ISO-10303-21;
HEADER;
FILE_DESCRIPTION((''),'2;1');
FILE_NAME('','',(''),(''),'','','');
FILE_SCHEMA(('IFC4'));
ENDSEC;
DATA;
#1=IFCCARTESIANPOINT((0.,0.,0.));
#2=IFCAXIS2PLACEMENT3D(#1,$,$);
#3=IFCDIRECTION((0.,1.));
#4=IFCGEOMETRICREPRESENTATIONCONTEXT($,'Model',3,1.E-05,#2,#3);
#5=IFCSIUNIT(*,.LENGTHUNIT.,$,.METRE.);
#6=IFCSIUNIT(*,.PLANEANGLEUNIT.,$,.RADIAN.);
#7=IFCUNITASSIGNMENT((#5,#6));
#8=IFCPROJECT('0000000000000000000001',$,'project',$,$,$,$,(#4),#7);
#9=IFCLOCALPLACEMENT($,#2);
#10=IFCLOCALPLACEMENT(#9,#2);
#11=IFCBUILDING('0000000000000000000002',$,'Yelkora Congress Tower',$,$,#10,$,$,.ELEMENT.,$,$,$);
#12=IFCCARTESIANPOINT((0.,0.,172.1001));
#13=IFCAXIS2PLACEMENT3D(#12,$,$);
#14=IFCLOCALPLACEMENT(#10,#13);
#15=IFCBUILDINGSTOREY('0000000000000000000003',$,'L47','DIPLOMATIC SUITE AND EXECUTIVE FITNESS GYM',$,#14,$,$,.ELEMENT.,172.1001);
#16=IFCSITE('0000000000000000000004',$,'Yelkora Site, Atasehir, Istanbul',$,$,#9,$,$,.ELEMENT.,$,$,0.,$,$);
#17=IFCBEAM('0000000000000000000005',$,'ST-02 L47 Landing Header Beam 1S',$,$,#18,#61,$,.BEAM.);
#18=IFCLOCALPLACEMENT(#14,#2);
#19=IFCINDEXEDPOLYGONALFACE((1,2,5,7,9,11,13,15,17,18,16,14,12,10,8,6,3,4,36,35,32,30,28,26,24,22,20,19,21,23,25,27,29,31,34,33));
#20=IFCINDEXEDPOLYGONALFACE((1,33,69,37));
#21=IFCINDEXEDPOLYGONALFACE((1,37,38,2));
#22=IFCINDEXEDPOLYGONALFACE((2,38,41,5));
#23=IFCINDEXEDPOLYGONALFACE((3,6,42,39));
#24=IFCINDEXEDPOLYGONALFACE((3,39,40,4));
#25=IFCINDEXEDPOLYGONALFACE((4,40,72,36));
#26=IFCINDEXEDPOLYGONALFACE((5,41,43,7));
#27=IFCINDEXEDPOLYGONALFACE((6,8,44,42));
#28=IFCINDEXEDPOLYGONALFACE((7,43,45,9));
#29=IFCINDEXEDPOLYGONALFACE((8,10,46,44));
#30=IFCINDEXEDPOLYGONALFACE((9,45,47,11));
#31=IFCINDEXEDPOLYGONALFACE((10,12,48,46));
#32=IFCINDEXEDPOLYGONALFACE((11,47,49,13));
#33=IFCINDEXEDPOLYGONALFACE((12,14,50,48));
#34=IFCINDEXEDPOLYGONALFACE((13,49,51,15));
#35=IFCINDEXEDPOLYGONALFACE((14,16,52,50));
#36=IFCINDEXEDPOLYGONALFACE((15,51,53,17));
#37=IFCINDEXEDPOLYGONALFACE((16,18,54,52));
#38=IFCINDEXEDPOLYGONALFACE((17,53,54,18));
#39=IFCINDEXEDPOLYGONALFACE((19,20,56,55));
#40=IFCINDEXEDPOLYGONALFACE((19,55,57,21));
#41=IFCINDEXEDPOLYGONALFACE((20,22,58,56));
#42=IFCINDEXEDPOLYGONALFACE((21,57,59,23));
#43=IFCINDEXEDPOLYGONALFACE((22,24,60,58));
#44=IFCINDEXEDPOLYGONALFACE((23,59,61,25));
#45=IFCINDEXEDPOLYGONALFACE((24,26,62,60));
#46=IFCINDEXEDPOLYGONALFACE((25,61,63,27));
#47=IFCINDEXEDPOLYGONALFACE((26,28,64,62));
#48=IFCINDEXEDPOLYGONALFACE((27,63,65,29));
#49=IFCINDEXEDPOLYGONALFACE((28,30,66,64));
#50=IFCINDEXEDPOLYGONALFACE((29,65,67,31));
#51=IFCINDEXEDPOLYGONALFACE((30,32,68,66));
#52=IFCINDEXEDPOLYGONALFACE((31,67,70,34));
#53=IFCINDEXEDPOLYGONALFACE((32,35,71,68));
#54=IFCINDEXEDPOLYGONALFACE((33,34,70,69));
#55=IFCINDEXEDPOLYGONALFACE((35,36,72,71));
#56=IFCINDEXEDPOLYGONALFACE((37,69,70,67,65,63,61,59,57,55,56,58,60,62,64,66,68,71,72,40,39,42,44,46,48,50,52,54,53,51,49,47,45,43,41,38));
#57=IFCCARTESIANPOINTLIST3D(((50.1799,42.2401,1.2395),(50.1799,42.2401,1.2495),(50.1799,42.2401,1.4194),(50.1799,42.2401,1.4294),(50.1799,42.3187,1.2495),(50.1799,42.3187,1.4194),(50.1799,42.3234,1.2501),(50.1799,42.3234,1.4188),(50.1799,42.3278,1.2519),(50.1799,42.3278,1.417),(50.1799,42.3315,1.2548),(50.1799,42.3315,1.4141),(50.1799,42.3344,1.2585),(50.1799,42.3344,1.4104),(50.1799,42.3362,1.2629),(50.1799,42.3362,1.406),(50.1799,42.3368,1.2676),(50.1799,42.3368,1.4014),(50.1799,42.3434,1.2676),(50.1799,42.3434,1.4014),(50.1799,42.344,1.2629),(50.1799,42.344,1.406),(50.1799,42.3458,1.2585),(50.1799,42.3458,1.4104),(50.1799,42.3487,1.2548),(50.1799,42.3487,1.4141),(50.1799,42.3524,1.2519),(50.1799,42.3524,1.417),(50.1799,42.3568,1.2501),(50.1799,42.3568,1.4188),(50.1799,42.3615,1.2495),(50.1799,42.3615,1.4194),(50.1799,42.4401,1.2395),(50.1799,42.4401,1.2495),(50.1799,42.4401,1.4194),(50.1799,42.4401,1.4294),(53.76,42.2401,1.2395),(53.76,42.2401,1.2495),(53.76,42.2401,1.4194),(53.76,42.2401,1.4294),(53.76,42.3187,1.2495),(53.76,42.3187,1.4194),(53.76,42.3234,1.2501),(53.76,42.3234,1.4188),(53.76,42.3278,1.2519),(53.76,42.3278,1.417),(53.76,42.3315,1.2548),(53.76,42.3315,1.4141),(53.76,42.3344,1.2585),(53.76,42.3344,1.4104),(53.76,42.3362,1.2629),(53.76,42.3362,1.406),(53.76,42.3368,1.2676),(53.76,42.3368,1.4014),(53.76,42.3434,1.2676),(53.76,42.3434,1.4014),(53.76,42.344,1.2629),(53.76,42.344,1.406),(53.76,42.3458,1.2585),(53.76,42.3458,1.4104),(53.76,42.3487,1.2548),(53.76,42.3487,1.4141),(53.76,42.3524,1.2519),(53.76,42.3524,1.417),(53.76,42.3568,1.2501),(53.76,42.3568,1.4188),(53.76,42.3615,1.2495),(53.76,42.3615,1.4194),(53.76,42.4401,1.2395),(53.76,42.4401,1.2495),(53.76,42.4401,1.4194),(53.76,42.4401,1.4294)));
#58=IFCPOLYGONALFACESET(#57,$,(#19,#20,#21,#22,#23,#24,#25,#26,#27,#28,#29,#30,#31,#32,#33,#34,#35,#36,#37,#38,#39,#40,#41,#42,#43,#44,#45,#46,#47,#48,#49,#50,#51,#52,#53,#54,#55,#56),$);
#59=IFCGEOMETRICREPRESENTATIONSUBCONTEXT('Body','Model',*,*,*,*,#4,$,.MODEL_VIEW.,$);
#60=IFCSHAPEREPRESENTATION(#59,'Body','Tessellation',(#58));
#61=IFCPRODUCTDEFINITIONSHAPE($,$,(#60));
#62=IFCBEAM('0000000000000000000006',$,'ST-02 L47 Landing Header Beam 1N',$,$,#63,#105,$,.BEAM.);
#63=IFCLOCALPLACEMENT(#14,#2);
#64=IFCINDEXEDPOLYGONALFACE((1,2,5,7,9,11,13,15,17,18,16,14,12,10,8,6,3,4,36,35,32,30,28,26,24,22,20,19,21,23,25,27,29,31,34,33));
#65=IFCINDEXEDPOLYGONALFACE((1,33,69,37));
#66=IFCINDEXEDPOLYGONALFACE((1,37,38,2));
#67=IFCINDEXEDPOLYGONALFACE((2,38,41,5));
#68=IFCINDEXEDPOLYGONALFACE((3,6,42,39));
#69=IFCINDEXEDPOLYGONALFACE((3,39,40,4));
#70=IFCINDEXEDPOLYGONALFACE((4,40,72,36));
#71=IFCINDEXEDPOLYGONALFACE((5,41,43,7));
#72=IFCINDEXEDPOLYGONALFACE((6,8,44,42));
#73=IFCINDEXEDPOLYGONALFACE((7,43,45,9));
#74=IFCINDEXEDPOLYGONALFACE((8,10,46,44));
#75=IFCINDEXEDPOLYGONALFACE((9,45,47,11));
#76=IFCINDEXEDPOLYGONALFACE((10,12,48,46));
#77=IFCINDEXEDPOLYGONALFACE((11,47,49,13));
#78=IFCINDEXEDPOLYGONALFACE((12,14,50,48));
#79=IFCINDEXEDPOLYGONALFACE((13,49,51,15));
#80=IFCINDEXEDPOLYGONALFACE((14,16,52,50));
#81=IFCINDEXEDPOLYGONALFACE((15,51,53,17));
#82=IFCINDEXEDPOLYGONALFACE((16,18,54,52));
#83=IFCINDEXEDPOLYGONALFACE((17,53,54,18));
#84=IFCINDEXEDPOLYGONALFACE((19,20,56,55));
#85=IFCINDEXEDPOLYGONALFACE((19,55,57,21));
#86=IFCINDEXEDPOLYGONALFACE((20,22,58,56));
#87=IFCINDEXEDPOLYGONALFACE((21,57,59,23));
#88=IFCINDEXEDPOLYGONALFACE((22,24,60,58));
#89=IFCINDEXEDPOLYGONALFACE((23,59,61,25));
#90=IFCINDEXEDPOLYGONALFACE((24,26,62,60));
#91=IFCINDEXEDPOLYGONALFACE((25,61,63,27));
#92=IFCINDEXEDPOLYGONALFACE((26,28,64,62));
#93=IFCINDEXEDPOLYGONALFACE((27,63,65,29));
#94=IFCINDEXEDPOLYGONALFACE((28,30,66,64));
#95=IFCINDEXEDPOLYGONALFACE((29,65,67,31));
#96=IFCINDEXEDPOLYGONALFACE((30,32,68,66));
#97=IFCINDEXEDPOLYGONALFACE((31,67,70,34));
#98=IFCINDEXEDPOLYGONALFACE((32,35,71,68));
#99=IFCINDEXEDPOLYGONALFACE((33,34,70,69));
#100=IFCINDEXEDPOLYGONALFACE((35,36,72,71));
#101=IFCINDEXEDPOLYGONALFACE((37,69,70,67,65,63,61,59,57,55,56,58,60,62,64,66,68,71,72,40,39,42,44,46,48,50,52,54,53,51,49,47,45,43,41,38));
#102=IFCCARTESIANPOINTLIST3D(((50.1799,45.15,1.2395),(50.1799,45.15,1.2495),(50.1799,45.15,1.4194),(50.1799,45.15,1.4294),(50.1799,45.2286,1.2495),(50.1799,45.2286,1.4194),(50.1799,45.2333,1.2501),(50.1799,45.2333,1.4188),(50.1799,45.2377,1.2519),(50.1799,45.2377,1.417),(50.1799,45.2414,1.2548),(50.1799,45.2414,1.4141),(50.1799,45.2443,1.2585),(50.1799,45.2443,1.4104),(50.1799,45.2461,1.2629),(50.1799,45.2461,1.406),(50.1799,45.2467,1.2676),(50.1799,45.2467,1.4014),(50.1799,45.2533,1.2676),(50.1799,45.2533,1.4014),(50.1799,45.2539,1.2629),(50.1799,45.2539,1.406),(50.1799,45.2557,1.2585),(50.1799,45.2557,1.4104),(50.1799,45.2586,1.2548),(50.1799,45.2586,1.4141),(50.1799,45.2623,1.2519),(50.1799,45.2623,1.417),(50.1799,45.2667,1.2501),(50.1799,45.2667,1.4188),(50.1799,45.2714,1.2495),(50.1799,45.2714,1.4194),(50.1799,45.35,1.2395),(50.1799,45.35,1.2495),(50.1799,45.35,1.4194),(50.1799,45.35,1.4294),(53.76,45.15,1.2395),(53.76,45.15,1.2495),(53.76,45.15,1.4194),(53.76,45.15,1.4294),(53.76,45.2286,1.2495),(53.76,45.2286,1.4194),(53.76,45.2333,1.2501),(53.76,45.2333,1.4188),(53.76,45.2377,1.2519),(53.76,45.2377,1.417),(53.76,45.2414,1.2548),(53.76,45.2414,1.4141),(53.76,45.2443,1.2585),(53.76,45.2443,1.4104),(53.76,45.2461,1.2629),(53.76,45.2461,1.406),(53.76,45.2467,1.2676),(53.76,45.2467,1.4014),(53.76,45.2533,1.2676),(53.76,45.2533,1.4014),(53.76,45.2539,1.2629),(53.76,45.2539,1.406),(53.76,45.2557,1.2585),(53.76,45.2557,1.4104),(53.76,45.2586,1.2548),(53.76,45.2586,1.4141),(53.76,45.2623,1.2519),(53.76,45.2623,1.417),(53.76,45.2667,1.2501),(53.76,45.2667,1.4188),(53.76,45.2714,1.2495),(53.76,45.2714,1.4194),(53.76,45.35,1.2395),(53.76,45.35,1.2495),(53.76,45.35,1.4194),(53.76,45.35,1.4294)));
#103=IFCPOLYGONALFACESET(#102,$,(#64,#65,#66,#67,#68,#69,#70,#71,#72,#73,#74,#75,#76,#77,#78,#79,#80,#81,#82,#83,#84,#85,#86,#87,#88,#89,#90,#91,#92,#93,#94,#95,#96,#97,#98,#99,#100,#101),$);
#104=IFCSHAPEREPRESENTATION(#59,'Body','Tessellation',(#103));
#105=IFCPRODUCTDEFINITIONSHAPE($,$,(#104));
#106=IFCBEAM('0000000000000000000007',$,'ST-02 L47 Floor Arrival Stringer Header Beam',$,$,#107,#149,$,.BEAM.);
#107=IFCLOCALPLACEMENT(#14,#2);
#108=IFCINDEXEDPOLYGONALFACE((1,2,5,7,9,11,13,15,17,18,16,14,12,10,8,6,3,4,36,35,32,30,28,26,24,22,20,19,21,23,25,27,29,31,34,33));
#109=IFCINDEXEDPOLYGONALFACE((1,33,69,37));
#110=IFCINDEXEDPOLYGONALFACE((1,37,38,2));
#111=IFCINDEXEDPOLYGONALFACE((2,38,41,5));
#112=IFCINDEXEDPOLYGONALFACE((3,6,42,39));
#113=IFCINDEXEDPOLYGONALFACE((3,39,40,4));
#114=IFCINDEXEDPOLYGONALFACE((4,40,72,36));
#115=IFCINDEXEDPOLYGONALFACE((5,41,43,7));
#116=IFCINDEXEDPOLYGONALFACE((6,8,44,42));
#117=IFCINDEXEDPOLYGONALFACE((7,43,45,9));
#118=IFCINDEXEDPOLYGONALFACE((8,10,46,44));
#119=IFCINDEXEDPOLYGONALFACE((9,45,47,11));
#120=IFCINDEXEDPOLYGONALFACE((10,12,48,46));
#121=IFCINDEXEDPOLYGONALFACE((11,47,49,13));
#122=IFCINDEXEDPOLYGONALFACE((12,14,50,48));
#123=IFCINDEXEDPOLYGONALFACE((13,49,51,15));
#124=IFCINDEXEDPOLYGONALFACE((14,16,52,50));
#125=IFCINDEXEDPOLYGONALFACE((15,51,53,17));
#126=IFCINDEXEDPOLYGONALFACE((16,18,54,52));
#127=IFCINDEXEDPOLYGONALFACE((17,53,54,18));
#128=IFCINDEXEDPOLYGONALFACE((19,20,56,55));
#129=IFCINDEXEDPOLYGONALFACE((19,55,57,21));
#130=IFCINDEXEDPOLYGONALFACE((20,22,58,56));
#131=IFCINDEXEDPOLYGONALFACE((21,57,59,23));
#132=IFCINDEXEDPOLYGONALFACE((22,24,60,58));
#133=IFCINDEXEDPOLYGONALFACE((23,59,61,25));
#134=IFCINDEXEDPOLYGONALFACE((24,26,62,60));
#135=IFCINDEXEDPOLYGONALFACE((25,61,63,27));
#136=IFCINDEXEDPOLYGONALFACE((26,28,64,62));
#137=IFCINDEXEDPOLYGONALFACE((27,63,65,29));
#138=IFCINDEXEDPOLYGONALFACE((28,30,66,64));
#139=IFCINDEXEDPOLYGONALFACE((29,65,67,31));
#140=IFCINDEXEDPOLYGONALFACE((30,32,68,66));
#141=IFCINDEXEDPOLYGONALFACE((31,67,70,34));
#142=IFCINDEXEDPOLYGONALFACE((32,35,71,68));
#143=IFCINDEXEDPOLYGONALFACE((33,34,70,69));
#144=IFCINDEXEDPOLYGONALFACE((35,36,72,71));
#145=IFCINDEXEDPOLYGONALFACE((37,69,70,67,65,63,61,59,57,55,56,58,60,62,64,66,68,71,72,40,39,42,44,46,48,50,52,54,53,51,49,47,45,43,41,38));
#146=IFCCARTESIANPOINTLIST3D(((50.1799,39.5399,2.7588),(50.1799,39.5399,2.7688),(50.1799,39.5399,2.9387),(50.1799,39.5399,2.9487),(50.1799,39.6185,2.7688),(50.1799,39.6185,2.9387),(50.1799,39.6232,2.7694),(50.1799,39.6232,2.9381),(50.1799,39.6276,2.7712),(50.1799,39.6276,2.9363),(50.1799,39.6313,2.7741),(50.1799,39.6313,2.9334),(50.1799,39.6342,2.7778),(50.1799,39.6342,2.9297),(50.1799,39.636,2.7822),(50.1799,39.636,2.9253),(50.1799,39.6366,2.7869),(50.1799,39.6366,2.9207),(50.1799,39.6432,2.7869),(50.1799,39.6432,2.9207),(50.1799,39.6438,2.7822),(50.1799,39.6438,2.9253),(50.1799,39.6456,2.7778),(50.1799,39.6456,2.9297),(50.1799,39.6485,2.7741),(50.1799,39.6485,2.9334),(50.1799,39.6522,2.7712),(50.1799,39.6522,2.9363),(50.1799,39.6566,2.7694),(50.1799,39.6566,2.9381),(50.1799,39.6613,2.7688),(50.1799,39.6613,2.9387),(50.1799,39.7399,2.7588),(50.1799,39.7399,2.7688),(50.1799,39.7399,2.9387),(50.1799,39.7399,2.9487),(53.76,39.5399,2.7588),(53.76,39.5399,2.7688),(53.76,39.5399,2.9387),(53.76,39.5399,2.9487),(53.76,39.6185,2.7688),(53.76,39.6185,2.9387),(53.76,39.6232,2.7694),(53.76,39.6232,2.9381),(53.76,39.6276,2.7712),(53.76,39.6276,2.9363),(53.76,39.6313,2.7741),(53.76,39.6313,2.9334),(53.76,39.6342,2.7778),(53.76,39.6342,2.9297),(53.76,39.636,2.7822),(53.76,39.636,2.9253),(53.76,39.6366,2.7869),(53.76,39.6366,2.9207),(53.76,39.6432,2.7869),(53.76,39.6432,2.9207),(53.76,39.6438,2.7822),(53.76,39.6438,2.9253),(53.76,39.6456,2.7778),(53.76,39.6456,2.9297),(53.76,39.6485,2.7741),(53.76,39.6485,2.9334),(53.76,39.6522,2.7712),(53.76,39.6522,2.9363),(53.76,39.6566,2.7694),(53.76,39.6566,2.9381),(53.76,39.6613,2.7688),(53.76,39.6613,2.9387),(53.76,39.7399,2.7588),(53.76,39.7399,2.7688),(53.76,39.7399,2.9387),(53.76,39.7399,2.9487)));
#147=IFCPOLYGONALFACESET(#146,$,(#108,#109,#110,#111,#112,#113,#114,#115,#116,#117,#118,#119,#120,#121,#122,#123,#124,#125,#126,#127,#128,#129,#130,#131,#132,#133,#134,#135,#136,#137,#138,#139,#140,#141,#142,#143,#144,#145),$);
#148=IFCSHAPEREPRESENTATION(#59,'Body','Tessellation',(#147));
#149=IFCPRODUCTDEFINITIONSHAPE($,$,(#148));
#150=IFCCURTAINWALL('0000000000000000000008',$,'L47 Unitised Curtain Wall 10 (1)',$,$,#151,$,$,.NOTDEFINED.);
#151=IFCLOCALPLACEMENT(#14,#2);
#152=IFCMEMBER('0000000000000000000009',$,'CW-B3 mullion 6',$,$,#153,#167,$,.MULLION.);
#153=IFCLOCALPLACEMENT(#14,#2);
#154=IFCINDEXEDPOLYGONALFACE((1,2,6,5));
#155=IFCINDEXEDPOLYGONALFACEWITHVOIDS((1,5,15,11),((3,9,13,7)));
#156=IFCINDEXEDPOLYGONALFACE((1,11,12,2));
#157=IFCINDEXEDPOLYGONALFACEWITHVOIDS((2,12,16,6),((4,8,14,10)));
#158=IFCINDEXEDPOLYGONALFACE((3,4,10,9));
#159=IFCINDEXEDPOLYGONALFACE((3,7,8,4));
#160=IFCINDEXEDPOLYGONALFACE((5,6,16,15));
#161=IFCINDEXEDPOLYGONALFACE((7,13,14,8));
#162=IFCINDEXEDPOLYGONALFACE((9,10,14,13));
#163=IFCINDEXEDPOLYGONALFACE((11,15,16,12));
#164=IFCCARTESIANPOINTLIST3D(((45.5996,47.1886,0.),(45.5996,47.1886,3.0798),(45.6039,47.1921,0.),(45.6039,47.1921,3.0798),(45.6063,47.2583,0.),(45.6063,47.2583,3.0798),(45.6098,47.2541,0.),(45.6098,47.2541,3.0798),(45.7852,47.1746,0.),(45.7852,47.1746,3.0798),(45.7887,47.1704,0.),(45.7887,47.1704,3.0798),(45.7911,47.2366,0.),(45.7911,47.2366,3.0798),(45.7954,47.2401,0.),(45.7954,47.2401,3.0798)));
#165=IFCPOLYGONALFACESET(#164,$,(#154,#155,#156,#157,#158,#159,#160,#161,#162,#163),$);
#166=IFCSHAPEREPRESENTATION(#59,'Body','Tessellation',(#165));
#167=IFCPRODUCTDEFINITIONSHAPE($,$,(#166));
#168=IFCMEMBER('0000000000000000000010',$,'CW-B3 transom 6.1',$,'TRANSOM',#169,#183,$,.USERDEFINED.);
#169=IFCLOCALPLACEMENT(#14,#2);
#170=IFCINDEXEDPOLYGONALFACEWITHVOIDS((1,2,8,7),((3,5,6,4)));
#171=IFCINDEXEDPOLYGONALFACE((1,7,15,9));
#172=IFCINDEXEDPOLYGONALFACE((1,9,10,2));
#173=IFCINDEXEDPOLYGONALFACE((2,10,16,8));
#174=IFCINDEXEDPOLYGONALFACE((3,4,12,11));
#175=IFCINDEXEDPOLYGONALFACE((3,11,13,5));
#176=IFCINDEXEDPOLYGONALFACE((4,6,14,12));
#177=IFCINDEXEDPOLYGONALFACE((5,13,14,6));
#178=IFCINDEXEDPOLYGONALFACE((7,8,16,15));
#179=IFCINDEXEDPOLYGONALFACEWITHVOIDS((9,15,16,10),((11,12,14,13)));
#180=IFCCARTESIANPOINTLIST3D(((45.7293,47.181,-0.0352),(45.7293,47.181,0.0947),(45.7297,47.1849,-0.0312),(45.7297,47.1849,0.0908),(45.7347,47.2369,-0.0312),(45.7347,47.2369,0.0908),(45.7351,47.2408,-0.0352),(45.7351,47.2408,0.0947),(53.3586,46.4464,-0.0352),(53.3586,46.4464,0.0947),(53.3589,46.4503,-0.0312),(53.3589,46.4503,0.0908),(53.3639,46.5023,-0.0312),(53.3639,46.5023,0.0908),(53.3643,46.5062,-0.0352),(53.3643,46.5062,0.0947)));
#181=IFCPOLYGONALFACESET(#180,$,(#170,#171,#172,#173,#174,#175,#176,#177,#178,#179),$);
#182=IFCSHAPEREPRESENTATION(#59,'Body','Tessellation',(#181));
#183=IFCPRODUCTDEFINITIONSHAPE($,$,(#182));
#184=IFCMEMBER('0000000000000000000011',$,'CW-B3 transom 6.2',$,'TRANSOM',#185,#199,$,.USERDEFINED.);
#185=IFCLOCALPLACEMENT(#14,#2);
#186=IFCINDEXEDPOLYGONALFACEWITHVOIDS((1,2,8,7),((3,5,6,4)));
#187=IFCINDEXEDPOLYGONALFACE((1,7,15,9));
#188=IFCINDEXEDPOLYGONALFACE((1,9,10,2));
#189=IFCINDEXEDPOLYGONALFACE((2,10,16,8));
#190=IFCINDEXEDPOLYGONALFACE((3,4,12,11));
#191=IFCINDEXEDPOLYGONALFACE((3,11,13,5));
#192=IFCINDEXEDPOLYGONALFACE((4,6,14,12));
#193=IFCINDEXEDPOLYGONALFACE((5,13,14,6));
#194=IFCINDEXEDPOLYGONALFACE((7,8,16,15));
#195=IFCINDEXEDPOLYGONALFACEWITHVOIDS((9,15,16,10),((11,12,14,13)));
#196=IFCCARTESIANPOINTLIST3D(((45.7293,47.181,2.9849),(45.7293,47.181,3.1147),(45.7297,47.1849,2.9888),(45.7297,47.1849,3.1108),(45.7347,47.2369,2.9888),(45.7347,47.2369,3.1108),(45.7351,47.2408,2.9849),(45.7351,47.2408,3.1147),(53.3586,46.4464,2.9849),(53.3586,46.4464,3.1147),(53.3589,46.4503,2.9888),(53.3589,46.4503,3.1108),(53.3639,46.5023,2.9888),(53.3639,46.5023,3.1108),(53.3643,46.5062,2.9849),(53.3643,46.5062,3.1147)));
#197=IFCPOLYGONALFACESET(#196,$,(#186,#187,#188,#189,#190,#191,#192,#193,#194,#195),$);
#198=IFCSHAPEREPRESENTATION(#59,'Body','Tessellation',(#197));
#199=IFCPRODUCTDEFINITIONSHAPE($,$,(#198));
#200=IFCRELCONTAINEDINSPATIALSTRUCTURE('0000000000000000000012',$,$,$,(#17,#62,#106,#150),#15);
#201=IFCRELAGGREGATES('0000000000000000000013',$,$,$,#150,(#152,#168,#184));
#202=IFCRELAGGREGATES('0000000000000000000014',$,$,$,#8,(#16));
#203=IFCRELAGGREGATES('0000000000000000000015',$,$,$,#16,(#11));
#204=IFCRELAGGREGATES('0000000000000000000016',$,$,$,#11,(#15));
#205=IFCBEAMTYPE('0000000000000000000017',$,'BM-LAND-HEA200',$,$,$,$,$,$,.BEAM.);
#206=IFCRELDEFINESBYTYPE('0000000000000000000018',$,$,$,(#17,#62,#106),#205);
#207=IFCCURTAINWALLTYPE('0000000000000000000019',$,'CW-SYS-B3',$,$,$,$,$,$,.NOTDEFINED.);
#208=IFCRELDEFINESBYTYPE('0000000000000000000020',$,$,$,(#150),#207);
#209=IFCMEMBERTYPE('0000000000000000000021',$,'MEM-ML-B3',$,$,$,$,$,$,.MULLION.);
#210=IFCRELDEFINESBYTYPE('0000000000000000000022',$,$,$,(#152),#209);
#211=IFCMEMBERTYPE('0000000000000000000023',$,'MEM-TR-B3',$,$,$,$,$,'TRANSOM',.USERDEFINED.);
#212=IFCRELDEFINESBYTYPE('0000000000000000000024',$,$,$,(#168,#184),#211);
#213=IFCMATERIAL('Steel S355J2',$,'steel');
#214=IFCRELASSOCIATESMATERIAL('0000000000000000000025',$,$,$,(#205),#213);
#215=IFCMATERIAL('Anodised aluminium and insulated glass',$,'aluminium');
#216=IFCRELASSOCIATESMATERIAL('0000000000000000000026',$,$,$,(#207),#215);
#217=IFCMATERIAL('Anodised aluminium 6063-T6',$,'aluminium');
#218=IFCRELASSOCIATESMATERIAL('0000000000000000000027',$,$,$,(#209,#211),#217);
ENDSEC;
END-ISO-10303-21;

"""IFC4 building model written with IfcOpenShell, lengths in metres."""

from ifc_helpers import new_model, si_unit, direction, frame, origin, origin_2d, place, context, subcontext, project, spatial, hollow_rectangle, i_section, extrude, material, material_profile, profile_set, type_object, element, aggregate, save


model = new_model("IFC4")

# Units and contexts
model_context = context("Model", 3, precision=1e-05, world=origin(), true_north=direction((0.0, 1.0)))
body_context = subcontext(model_context, "Body", "Model", "MODEL_VIEW")
ifc_project = project(units=[si_unit("LENGTHUNIT", "METRE"), si_unit("PLANEANGLEUNIT", "RADIAN")], contexts=[model_context])

# Site, building, storey
site_placement = place(None, origin())
site = spatial("IfcSite", under=ifc_project, at=site_placement, Name="Yelkora Site, Atasehir, Istanbul", CompositionType="ELEMENT", RefElevation=0.0)
building_placement = place(site_placement, origin())
building = spatial("IfcBuilding", under=site, at=building_placement, Name="Yelkora Congress Tower", CompositionType="ELEMENT")
storey_placement = place(building_placement, frame((0.0, 0.0, 172.1001)))
storey = spatial("IfcBuildingStorey", under=building, at=storey_placement, Name="L47", Description="DIPLOMATIC SUITE AND EXECUTIVE FITNESS GYM", CompositionType="ELEMENT", Elevation=172.1001)

# Beams
ifc_material_1 = material(Name="Steel S355J2", Category="steel")
ifc_material_profile_1 = material_profile(ifc_material_1, i_section(OverallWidth=0.2, OverallDepth=0.1899, WebThickness=0.0066, FlangeThickness=0.01, FilletRadius=0.0181, at=origin_2d()), Name="HEA 200")
ifc_profile_set_1 = profile_set([ifc_material_profile_1], Name="Steel S355J2")
beam_type_1 = type_object("IfcBeamType", Name="BM-LAND-HEA200", PredefinedType="BEAM", material=ifc_profile_set_1)
for number, where, z_axis, x_axis, name in (
    (1, (50.1799, 42.3401, 1.3345), (1.0, 0.0, 0.0), (0.0, 1.0, 0.0), "ST-02 L47 Landing Header Beam 1S"),
    (2, (50.1799, 45.25, 1.3345), (1.0, 0.0, 0.0), (0.0, 1.0, 0.0), "ST-02 L47 Landing Header Beam 1N"),
    (3, (50.1799, 39.6399, 2.8538), (1.0, 0.0, 0.0), (0.0, 1.0, 0.0), "ST-02 L47 Floor Arrival Stringer Header Beam"),
):
    element("IfcBeam", number, at=place(storey_placement, frame(where, z_axis=z_axis, x_axis=x_axis)), inside=storey, type_object=beam_type_1, Name=name, PredefinedType="BEAM", context=body_context, shape_type="SweptSolid", body=[
        extrude(i_section(OverallWidth=0.2, OverallDepth=0.1899, WebThickness=0.0066, FlangeThickness=0.01, FilletRadius=0.0181, at=origin_2d()), origin(), (0.0, 0.0, 1.0), 3.5801),
    ])

# Curtain wall, members
ifc_material_2 = material(Name="Anodised aluminium and insulated glass", Category="aluminium")
curtain_wall_type = type_object("IfcCurtainWallType", Name="CW-SYS-B3", PredefinedType="NOTDEFINED", material=ifc_material_2)
curtain_wall_placement = place(storey_placement, origin())
curtain_wall = element("IfcCurtainWall", 4, at=curtain_wall_placement, inside=storey, type_object=curtain_wall_type, Name="L47 Unitised Curtain Wall 10 (1)", PredefinedType="NOTDEFINED")
ifc_material_3 = material(Name="Anodised aluminium 6063-T6", Category="aluminium")
ifc_material_profile_2 = material_profile(ifc_material_3, hollow_rectangle(XDim=0.0701, YDim=0.1899, WallThickness=0.0039, at=origin_2d()), Name="ALU 70x190x4")
ifc_profile_set_2 = profile_set([ifc_material_profile_2], Name="Anodised aluminium 6063-T6")
member_type_1 = type_object("IfcMemberType", Name="MEM-ML-B3", PredefinedType="MULLION", material=ifc_profile_set_2)
member_1_placement = place(storey_placement, frame((45.6975, 47.2144, 0.0), z_axis=(0.0, 0.0, 1.0), x_axis=(0.095845, 0.995396, 0.0)))
member_1 = element("IfcMember", 5, at=member_1_placement, type_object=member_type_1, Name="CW-B3 mullion 6", PredefinedType="MULLION", context=body_context, shape_type="SweptSolid", body=[
    extrude(hollow_rectangle(XDim=0.0701, YDim=0.1899, WallThickness=0.0039, at=origin_2d()), origin(), (0.0, 0.0, 1.0), 3.0798),
])
ifc_material_profile_3 = material_profile(ifc_material_3, hollow_rectangle(XDim=0.0601, YDim=0.1299, WallThickness=0.0039, at=origin_2d()), Name="ALU 60x130x4")
ifc_profile_set_3 = profile_set([ifc_material_profile_3], Name="Anodised aluminium 6063-T6")
member_type_2 = type_object("IfcMemberType", Name="MEM-TR-B3", ElementType="TRANSOM", PredefinedType="USERDEFINED", material=ifc_profile_set_3)
member_2_placement = place(storey_placement, frame((45.7322, 47.2109, 0.0298), z_axis=(0.995396, -0.095848, 0.0), x_axis=(0.095848, 0.995396, 0.0)))
member_2 = element("IfcMember", 6, at=member_2_placement, type_object=member_type_2, Name="CW-B3 transom 6.1", ObjectType="TRANSOM", PredefinedType="USERDEFINED", context=body_context, shape_type="SweptSolid", body=[
    extrude(hollow_rectangle(XDim=0.0601, YDim=0.1299, WallThickness=0.0039, at=origin_2d()), origin(), (0.0, 0.0, 1.0), 7.6646),
])
member_3_placement = place(storey_placement, frame((45.7322, 47.2109, 3.0498), z_axis=(0.995396, -0.095848, 0.0), x_axis=(0.095848, 0.995396, 0.0)))
member_3 = element("IfcMember", 7, at=member_3_placement, type_object=member_type_2, Name="CW-B3 transom 6.2", ObjectType="TRANSOM", PredefinedType="USERDEFINED", context=body_context, shape_type="SweptSolid", body=[
    extrude(hollow_rectangle(XDim=0.0601, YDim=0.1299, WallThickness=0.0039, at=origin_2d()), origin(), (0.0, 0.0, 1.0), 7.6646),
])
aggregate(curtain_wall, [member_1, member_2, member_3])

save(model, "model.ifc")
